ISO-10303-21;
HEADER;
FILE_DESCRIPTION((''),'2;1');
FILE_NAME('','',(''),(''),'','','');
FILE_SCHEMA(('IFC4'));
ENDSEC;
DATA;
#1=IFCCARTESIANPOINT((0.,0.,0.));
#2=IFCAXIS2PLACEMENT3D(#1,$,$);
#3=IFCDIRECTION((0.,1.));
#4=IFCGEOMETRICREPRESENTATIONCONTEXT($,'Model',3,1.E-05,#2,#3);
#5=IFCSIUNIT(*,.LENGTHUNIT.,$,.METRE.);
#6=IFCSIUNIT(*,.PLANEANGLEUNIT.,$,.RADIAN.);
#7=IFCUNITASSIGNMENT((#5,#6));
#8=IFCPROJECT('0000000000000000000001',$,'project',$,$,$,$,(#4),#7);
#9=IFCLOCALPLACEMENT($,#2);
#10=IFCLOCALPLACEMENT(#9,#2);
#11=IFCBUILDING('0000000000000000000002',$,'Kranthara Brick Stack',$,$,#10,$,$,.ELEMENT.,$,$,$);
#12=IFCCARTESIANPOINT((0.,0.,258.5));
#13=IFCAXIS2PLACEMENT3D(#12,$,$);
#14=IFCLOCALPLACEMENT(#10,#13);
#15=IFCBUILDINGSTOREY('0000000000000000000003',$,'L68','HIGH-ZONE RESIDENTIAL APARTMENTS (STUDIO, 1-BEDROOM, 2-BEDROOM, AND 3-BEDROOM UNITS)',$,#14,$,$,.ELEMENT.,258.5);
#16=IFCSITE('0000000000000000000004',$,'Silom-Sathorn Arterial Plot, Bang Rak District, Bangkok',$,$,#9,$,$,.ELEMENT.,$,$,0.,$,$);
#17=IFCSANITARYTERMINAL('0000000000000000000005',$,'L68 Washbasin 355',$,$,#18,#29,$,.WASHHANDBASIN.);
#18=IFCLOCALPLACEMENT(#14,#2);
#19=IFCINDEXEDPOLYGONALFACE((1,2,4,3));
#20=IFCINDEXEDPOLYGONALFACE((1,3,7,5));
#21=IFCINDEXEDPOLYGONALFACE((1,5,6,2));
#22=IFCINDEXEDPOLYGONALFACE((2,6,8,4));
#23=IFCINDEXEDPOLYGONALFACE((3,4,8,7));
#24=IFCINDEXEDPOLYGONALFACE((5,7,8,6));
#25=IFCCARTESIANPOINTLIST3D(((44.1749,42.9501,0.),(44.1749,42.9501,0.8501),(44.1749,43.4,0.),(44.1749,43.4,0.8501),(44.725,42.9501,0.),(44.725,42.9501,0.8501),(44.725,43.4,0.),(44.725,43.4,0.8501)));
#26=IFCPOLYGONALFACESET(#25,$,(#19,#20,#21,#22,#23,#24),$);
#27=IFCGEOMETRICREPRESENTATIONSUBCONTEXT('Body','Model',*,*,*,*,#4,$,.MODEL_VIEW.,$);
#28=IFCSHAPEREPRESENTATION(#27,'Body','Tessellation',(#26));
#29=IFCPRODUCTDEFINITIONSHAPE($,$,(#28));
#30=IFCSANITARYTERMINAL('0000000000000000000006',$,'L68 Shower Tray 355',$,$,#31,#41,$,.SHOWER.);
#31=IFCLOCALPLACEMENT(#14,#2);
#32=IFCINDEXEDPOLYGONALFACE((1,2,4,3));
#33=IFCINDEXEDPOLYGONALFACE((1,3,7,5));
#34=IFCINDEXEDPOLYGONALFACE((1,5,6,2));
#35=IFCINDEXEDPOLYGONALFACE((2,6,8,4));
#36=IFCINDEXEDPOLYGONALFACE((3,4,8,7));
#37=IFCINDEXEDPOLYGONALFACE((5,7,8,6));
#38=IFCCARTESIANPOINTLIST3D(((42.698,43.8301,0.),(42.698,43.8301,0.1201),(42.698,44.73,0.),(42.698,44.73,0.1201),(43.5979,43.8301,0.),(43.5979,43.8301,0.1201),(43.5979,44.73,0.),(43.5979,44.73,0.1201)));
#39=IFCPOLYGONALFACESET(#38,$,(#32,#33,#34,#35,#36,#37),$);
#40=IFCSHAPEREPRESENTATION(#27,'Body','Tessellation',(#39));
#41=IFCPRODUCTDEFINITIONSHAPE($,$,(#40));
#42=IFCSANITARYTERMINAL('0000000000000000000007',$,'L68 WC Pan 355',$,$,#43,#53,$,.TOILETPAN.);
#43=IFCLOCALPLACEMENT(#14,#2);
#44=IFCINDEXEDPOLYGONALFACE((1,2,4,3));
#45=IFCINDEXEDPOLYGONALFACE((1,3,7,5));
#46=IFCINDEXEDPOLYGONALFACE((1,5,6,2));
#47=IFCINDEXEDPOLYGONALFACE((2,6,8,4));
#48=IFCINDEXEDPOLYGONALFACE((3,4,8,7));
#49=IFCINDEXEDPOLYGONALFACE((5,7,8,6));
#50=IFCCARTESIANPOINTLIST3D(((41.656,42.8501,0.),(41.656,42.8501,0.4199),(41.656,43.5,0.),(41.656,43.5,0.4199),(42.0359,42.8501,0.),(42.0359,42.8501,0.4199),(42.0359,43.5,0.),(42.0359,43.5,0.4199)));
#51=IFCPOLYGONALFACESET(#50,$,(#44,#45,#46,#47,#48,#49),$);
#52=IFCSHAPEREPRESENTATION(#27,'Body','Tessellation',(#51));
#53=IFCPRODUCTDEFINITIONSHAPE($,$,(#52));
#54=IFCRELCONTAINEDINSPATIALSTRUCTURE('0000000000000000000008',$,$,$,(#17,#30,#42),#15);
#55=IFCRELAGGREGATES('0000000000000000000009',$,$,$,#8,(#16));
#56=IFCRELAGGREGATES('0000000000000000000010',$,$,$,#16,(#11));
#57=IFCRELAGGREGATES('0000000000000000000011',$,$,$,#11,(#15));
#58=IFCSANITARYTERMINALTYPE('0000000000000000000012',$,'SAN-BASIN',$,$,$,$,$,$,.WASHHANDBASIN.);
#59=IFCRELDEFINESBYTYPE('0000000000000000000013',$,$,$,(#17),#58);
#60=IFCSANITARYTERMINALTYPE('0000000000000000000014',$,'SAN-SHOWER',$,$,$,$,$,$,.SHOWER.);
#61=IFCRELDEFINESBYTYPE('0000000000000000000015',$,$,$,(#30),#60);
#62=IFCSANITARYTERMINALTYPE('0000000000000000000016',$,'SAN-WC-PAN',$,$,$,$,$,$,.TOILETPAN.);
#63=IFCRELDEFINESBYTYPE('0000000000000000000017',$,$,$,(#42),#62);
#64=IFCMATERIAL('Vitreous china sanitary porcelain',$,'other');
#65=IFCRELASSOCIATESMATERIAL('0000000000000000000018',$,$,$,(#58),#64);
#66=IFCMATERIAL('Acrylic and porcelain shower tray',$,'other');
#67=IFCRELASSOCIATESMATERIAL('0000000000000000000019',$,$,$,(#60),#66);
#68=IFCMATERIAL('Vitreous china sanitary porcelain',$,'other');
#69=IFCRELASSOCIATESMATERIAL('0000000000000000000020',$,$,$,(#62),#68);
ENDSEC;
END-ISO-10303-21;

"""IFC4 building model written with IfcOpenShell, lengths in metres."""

from ifc_helpers import new_model, si_unit, direction, frame, origin, origin_2d, place, context, subcontext, project, spatial, rectangle, extrude, material, type_object, element, save


model = new_model("IFC4")

# Units and contexts
model_context = context("Model", 3, precision=1e-05, world=origin(), true_north=direction((0.0, 1.0)))
body_context = subcontext(model_context, "Body", "Model", "MODEL_VIEW")
ifc_project = project(units=[si_unit("LENGTHUNIT", "METRE"), si_unit("PLANEANGLEUNIT", "RADIAN")], contexts=[model_context])

# Site, building, storey
site_placement = place(None, origin())
site = spatial("IfcSite", under=ifc_project, at=site_placement, Name="Silom-Sathorn Arterial Plot, Bang Rak District, Bangkok", CompositionType="ELEMENT", RefElevation=0.0)
building_placement = place(site_placement, origin())
building = spatial("IfcBuilding", under=site, at=building_placement, Name="Kranthara Brick Stack", CompositionType="ELEMENT")
storey_placement = place(building_placement, frame((0.0, 0.0, 258.5)))
storey = spatial("IfcBuildingStorey", under=building, at=storey_placement, Name="L68", Description="HIGH-ZONE RESIDENTIAL APARTMENTS (STUDIO, 1-BEDROOM, 2-BEDROOM, AND 3-BEDROOM UNITS)", CompositionType="ELEMENT", Elevation=258.5)

# Sanitary terminals
ifc_material_1 = material(Name="Vitreous china sanitary porcelain", Category="other")
sanitary_terminal_type_1 = type_object("IfcSanitaryTerminalType", Name="SAN-BASIN", PredefinedType="WASHHANDBASIN", material=ifc_material_1)
sanitary_terminal_1_placement = place(storey_placement, frame((44.45, 43.175, 0.0), z_axis=(0.0, 0.0, 1.0), x_axis=(1.0, 0.0, 0.0)))
element("IfcSanitaryTerminal", 1, at=sanitary_terminal_1_placement, inside=storey, type_object=sanitary_terminal_type_1, Name="L68 Washbasin 355", PredefinedType="WASHHANDBASIN", context=body_context, shape_type="SweptSolid", body=[
    extrude(rectangle(XDim=0.55, YDim=0.45, at=origin_2d()), origin(), (0.0, 0.0, 1.0), 0.8501),
])
ifc_material_2 = material(Name="Acrylic and porcelain shower tray", Category="other")
sanitary_terminal_type_2 = type_object("IfcSanitaryTerminalType", Name="SAN-SHOWER", PredefinedType="SHOWER", material=ifc_material_2)
sanitary_terminal_2_placement = place(storey_placement, frame((43.1479, 44.28, 0.0), z_axis=(0.0, 0.0, 1.0), x_axis=(1.0, 0.0, 0.0)))
element("IfcSanitaryTerminal", 2, at=sanitary_terminal_2_placement, inside=storey, type_object=sanitary_terminal_type_2, Name="L68 Shower Tray 355", PredefinedType="SHOWER", context=body_context, shape_type="SweptSolid", body=[
    extrude(rectangle(XDim=0.8999, YDim=0.8999, at=origin_2d()), origin(), (0.0, 0.0, 1.0), 0.1201),
])
ifc_material_3 = material(Name="Vitreous china sanitary porcelain", Category="other")
sanitary_terminal_type_3 = type_object("IfcSanitaryTerminalType", Name="SAN-WC-PAN", PredefinedType="TOILETPAN", material=ifc_material_3)
sanitary_terminal_3_placement = place(storey_placement, frame((41.8459, 43.175, 0.0), z_axis=(0.0, 0.0, 1.0), x_axis=(1.0, 0.0, 0.0)))
element("IfcSanitaryTerminal", 3, at=sanitary_terminal_3_placement, inside=storey, type_object=sanitary_terminal_type_3, Name="L68 WC Pan 355", PredefinedType="TOILETPAN", context=body_context, shape_type="SweptSolid", body=[
    extrude(rectangle(XDim=0.3799, YDim=0.6499, at=origin_2d()), origin(), (0.0, 0.0, 1.0), 0.4199),
])

save(model, "model.ifc")
